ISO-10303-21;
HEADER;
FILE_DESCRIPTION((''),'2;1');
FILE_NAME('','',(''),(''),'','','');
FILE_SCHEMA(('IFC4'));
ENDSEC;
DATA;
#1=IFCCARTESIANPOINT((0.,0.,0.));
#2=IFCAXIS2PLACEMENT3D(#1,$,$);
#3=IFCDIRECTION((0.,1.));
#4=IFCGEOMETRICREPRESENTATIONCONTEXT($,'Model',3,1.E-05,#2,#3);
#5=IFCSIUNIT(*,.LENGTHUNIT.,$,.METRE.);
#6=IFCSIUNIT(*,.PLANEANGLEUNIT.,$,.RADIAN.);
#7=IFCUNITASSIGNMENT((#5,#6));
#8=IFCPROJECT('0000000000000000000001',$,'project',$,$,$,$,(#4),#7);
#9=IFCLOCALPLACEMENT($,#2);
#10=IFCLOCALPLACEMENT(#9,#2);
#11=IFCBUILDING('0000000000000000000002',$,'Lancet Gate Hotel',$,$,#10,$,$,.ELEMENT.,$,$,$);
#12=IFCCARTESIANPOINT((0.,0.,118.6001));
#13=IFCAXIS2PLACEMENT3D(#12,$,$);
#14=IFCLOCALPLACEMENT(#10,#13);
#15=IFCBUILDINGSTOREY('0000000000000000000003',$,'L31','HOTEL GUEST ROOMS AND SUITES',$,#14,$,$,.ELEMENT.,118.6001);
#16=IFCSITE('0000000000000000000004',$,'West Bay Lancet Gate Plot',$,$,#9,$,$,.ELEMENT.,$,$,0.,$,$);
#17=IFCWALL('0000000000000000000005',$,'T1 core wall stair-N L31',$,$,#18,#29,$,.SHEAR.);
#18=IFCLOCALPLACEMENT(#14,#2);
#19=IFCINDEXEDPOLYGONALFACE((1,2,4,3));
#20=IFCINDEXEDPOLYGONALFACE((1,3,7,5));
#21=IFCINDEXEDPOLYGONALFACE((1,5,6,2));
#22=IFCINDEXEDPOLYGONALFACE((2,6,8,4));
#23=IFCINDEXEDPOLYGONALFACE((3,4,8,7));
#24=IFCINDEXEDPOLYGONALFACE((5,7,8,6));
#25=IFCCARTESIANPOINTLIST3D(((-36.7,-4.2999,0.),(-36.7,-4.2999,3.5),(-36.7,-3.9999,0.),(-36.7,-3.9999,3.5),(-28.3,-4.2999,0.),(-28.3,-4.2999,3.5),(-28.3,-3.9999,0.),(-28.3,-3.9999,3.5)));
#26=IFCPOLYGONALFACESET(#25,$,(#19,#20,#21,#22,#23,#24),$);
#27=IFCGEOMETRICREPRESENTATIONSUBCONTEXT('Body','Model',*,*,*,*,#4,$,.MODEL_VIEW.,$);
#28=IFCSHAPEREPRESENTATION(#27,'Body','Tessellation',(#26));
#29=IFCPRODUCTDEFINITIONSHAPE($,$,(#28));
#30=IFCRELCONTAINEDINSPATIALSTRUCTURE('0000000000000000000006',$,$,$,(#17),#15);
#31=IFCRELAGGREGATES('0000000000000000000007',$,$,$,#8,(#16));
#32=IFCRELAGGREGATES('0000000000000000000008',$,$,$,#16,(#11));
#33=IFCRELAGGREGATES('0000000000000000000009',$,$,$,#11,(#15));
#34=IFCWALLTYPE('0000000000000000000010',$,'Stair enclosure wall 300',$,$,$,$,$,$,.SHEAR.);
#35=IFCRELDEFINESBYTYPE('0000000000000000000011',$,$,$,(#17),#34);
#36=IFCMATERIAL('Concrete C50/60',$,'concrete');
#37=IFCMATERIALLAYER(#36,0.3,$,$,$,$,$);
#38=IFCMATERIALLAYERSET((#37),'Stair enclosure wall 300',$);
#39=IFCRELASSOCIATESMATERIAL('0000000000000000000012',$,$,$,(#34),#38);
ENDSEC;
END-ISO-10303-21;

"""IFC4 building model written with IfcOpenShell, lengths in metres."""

from ifc_helpers import new_model, si_unit, direction, frame, frame_2d, origin, place, context, subcontext, project, spatial, rectangle, extrude, material, layer, layer_set, type_object, element, save


model = new_model("IFC4")

# Units and contexts
model_context = context("Model", 3, precision=1e-05, world=origin(), true_north=direction((0.0, 1.0)))
body_context = subcontext(model_context, "Body", "Model", "MODEL_VIEW")
ifc_project = project(units=[si_unit("LENGTHUNIT", "METRE"), si_unit("PLANEANGLEUNIT", "RADIAN")], contexts=[model_context])

# Site, building, storey
site_placement = place(None, origin())
site = spatial("IfcSite", under=ifc_project, at=site_placement, Name="West Bay Lancet Gate Plot", CompositionType="ELEMENT", RefElevation=0.0)
building_placement = place(site_placement, origin())
building = spatial("IfcBuilding", under=site, at=building_placement, Name="Lancet Gate Hotel", CompositionType="ELEMENT")
storey_placement = place(building_placement, frame((0.0, 0.0, 118.6001)))
storey = spatial("IfcBuildingStorey", under=building, at=storey_placement, Name="L31", Description="HOTEL GUEST ROOMS AND SUITES", CompositionType="ELEMENT", Elevation=118.6001)

# Wall
ifc_material_1 = material(Name="Concrete C50/60", Category="concrete")
ifc_layer_1 = layer(ifc_material_1, 0.3)
ifc_layer_set_1 = layer_set([ifc_layer_1], Name="Stair enclosure wall 300")
wall_type_1 = type_object("IfcWallType", Name="Stair enclosure wall 300", PredefinedType="SHEAR", material=ifc_layer_set_1)
wall_1_placement = place(storey_placement, frame((-28.3, -4.1499, 0.0), z_axis=(0.0, 0.0, 1.0), x_axis=(-1.0, 0.0, 0.0)))
element("IfcWall", 1, at=wall_1_placement, inside=storey, type_object=wall_type_1, Name="T1 core wall stair-N L31", PredefinedType="SHEAR", context=body_context, shape_type="SweptSolid", body=[
    extrude(rectangle(XDim=8.3999, YDim=0.3, at=frame_2d((4.2, 0.0))), origin(), (0.0, 0.0, 1.0), 3.5),
])

save(model, "model.ifc")
